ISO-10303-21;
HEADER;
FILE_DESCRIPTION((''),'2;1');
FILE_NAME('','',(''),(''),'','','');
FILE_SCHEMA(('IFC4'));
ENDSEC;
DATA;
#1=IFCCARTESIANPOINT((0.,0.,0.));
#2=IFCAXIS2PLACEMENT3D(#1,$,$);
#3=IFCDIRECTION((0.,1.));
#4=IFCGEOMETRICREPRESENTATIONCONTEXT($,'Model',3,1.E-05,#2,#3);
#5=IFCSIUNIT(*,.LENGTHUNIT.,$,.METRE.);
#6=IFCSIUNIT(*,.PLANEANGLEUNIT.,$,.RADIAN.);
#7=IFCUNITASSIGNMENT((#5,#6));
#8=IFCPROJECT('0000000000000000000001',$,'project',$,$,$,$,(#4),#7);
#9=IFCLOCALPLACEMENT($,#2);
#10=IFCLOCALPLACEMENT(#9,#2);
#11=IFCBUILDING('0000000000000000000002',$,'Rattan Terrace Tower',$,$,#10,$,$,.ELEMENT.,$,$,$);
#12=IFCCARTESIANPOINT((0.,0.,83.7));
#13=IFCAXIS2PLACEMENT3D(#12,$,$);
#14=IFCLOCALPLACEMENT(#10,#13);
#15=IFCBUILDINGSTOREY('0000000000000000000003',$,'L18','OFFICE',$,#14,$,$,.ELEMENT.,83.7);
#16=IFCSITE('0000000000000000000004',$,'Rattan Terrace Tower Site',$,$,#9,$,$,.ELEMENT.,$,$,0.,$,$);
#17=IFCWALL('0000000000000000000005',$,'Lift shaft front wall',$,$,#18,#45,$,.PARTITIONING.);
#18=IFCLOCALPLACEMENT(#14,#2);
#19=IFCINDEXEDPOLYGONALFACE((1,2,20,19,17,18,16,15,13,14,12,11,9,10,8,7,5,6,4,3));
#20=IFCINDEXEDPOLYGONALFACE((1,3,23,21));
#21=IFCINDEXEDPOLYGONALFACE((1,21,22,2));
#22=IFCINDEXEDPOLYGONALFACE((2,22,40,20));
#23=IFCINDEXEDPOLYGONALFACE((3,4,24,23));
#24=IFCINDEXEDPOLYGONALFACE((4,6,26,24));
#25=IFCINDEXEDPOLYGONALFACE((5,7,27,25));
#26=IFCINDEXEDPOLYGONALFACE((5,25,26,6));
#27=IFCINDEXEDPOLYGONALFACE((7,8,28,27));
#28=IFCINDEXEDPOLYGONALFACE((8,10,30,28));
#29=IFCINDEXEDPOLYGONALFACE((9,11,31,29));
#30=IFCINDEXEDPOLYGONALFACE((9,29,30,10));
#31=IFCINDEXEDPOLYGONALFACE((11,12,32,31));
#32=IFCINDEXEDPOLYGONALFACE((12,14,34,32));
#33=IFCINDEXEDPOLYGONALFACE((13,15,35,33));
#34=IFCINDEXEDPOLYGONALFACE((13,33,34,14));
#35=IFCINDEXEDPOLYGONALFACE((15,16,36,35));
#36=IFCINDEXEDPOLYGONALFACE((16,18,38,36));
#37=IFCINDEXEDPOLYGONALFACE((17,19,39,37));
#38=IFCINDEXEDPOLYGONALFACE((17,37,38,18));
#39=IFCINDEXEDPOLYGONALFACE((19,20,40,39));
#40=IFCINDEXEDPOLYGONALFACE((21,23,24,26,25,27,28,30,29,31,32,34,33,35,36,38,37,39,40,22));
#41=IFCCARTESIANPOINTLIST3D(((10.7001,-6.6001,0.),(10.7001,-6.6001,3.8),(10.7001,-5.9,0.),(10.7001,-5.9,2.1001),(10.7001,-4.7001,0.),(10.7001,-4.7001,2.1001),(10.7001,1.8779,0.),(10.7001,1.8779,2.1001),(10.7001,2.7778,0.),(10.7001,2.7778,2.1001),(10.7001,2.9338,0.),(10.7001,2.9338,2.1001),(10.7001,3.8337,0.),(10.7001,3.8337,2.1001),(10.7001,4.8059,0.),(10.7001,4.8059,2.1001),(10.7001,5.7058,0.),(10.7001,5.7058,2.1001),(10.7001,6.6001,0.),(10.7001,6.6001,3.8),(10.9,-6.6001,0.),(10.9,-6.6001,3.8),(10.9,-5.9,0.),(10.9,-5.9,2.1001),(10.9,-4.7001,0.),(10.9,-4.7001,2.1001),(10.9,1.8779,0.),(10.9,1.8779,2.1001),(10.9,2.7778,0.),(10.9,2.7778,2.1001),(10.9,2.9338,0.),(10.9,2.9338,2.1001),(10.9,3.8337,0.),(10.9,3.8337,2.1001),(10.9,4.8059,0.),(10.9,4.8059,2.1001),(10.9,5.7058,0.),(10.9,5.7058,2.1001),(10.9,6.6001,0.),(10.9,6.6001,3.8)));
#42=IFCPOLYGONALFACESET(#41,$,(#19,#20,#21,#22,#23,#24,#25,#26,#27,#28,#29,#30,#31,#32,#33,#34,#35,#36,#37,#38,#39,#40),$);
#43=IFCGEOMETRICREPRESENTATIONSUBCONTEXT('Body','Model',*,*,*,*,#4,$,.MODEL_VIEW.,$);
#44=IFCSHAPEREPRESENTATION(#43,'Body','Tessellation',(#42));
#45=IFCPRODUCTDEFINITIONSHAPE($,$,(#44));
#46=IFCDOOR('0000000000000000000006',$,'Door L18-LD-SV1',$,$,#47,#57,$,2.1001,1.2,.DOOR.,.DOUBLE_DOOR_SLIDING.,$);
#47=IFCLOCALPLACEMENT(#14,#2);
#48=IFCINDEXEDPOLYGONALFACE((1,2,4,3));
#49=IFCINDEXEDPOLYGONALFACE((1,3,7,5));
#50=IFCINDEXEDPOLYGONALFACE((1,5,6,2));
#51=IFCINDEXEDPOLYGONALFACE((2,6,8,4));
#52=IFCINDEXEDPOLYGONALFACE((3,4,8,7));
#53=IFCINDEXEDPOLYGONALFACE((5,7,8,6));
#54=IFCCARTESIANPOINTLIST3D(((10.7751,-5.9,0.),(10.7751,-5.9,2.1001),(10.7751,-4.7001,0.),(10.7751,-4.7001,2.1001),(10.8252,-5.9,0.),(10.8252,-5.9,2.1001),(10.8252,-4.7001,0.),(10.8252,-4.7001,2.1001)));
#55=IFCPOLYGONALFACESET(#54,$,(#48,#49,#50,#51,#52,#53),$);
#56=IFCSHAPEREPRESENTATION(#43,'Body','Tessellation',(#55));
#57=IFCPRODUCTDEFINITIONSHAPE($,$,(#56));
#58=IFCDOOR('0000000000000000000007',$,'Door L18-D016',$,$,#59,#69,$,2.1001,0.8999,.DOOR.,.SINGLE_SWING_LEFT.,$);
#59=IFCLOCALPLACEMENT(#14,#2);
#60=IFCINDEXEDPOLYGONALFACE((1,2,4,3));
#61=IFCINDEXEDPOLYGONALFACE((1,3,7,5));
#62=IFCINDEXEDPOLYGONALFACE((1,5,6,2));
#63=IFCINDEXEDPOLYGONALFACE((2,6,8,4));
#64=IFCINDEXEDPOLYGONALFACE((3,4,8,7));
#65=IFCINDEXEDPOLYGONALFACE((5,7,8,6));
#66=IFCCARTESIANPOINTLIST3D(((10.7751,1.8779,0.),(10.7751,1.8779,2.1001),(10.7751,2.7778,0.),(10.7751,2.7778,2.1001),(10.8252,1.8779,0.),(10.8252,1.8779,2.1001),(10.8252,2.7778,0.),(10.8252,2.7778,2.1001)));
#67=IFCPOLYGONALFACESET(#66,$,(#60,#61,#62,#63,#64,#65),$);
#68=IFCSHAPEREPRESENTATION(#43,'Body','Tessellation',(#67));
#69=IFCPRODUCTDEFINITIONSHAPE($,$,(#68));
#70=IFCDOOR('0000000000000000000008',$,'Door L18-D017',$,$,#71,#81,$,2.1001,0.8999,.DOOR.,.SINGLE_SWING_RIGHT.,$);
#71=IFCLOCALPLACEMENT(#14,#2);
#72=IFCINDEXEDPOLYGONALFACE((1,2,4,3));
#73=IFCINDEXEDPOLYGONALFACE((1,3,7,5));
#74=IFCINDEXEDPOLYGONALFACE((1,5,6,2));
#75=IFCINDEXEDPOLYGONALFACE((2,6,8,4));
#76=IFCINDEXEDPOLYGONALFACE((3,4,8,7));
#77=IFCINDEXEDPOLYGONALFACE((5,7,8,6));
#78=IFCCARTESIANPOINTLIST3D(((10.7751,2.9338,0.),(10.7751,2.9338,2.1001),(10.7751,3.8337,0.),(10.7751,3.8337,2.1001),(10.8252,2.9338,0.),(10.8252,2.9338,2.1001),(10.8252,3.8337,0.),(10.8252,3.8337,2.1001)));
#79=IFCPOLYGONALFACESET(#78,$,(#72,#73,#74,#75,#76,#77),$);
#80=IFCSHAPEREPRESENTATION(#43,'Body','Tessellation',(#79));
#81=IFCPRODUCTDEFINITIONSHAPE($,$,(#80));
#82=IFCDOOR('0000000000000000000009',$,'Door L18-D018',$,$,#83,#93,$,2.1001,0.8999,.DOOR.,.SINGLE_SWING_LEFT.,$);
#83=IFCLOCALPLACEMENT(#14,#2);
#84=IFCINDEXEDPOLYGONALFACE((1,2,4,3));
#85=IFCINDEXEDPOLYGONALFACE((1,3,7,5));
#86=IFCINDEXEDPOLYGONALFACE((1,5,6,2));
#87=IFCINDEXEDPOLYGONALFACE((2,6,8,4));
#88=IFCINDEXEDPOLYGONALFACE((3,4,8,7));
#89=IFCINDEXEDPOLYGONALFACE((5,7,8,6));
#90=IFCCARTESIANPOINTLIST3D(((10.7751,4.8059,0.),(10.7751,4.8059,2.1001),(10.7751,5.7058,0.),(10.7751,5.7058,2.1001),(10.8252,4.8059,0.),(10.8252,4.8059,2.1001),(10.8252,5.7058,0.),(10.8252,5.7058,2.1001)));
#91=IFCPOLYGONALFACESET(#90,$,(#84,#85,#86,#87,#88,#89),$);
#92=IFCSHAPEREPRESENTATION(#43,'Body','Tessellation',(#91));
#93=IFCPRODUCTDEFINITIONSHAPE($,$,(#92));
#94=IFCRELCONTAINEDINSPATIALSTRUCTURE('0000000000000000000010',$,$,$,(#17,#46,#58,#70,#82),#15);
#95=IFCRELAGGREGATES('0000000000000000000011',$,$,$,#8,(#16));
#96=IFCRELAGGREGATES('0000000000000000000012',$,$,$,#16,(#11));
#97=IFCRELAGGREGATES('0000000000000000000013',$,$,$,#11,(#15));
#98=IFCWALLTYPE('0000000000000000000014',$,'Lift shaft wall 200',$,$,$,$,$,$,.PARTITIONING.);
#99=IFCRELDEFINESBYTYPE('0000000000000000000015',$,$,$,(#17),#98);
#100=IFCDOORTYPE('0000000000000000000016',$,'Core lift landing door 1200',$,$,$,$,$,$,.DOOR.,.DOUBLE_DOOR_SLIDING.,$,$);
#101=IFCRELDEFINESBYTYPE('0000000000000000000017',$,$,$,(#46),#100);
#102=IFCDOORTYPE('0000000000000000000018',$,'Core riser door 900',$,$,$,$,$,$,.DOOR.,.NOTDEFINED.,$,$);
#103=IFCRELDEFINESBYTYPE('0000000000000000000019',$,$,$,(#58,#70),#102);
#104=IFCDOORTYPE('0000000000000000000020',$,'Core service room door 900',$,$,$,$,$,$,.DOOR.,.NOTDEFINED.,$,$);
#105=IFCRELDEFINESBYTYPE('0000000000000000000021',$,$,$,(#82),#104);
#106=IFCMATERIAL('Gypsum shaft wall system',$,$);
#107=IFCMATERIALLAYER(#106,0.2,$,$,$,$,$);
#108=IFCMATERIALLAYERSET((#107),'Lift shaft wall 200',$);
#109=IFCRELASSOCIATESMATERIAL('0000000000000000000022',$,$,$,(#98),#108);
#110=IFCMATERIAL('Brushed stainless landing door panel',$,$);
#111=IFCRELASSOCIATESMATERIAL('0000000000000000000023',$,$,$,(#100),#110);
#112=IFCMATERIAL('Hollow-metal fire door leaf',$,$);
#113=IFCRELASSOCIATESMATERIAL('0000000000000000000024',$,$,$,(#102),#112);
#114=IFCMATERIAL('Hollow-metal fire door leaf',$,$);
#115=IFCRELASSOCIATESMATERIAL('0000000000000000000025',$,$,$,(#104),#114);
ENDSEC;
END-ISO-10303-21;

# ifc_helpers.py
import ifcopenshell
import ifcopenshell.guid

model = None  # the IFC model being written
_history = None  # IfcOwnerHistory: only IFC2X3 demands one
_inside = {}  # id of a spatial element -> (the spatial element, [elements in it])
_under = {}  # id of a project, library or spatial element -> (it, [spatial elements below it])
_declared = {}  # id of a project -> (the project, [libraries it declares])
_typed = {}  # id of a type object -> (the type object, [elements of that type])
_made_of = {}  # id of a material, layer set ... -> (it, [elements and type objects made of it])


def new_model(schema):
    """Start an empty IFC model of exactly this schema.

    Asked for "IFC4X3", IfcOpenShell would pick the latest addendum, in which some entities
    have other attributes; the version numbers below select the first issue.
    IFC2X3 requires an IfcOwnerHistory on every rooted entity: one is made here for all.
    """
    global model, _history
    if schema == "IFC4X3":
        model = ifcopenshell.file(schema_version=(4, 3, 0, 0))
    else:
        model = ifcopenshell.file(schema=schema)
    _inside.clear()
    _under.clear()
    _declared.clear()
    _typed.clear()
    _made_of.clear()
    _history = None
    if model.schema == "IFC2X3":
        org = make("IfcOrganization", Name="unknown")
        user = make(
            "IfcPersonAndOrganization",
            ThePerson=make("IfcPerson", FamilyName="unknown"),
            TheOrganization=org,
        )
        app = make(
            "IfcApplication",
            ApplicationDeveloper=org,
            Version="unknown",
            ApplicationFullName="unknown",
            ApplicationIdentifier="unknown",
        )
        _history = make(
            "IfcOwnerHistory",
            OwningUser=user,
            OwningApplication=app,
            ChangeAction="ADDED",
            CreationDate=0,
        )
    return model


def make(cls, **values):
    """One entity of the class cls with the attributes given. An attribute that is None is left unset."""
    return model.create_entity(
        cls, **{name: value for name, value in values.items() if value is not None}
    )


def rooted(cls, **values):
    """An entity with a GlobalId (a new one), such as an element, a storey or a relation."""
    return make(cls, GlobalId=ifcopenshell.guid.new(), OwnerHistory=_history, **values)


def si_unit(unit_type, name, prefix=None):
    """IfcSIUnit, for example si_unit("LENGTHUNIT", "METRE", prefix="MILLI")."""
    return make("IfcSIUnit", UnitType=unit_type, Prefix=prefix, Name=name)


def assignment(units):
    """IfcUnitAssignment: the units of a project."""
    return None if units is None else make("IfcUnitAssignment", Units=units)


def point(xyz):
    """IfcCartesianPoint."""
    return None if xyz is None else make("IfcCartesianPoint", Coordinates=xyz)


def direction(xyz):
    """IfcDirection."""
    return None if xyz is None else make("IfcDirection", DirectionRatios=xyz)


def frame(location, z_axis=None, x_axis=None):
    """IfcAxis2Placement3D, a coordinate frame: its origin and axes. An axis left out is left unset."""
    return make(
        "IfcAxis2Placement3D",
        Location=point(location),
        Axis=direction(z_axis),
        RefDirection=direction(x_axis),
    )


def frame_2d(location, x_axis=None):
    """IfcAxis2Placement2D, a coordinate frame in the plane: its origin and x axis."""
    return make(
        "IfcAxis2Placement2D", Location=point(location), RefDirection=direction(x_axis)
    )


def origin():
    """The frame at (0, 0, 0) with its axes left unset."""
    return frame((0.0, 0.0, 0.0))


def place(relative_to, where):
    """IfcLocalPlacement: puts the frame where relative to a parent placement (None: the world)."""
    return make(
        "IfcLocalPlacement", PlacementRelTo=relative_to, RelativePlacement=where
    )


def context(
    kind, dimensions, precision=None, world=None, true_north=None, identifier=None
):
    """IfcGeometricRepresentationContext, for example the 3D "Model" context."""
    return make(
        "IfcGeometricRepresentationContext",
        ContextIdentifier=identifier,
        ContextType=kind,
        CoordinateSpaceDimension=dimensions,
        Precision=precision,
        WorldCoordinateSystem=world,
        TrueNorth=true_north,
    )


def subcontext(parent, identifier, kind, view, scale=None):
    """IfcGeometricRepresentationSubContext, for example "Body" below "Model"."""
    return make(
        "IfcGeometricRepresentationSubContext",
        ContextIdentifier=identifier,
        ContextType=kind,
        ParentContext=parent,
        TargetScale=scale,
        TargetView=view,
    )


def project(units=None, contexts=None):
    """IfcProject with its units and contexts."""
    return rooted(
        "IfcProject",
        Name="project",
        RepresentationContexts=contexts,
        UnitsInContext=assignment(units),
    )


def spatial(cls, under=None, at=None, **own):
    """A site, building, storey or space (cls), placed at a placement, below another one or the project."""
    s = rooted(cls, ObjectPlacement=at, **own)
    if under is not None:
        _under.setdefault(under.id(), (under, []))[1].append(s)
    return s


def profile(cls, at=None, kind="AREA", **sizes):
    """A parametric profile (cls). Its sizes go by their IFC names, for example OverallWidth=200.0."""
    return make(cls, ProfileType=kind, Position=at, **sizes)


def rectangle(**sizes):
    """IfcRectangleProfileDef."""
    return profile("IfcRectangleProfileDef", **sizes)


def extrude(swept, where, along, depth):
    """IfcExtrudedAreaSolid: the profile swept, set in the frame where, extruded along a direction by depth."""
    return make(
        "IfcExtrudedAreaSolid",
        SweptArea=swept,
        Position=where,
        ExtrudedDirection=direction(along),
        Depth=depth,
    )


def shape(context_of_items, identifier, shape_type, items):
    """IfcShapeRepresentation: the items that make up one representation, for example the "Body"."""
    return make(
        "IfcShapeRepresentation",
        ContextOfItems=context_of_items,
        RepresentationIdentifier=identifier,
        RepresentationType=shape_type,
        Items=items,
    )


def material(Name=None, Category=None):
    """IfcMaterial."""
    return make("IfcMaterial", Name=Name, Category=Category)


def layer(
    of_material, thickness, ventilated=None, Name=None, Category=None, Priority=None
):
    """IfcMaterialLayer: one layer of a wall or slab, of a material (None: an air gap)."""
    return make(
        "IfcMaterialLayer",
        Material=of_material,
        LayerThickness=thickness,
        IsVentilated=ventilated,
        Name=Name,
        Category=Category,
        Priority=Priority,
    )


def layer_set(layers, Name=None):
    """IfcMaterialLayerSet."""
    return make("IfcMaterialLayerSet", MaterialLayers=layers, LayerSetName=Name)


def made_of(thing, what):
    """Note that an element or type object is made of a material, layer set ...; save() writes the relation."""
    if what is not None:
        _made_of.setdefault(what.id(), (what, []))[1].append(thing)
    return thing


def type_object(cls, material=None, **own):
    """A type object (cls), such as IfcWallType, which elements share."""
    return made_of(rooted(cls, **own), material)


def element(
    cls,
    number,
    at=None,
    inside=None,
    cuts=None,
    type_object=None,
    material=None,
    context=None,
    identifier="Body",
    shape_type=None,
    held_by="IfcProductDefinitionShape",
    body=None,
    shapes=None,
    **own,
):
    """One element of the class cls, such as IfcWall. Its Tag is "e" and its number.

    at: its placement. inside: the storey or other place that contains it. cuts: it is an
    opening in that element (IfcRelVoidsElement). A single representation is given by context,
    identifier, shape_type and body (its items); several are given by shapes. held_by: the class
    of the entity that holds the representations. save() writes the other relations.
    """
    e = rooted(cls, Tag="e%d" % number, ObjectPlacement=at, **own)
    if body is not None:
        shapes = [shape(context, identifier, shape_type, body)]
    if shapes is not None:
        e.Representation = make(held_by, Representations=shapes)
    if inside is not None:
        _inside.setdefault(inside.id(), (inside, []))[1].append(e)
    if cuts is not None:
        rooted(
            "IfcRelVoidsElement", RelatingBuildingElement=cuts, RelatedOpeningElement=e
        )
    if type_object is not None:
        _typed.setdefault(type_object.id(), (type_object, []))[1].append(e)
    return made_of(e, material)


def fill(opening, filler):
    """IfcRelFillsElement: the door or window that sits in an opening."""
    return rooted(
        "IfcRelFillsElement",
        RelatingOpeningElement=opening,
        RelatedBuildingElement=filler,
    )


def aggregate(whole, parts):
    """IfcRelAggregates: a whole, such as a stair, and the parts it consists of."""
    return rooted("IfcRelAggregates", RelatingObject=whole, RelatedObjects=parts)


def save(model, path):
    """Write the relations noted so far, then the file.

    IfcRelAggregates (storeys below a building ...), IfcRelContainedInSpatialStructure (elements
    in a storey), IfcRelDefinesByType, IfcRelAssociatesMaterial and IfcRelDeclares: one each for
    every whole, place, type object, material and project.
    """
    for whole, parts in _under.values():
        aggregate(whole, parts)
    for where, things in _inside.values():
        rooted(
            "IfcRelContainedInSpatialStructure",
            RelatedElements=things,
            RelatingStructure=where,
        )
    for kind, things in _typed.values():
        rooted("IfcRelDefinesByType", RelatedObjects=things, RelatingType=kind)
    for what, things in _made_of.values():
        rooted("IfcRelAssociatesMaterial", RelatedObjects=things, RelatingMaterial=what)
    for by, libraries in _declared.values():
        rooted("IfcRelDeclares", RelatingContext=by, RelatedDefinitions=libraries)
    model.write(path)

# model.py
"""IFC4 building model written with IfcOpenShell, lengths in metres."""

from ifc_helpers import new_model, si_unit, direction, frame, frame_2d, origin, place, context, subcontext, project, spatial, rectangle, extrude, material, layer, layer_set, type_object, element, fill, save


model = new_model("IFC4")

# Units and contexts
model_context = context("Model", 3, precision=1e-05, world=origin(), true_north=direction((0.0, 1.0)))
body_context = subcontext(model_context, "Body", "Model", "MODEL_VIEW")
ifc_project = project(units=[si_unit("LENGTHUNIT", "METRE"), si_unit("PLANEANGLEUNIT", "RADIAN")], contexts=[model_context])

# Site, building, storey
site_placement = place(None, origin())
site = spatial("IfcSite", under=ifc_project, at=site_placement, Name="Rattan Terrace Tower Site", CompositionType="ELEMENT", RefElevation=0.0)
building_placement = place(site_placement, origin())
building = spatial("IfcBuilding", under=site, at=building_placement, Name="Rattan Terrace Tower", CompositionType="ELEMENT")
storey_placement = place(building_placement, frame((0.0, 0.0, 83.7)))
storey = spatial("IfcBuildingStorey", under=building, at=storey_placement, Name="L18", Description="OFFICE", CompositionType="ELEMENT", Elevation=83.7)

# Wall, openings, doors
ifc_material_1 = material(Name="Gypsum shaft wall system")
ifc_layer_1 = layer(ifc_material_1, 0.2)
ifc_layer_set_1 = layer_set([ifc_layer_1], Name="Lift shaft wall 200")
wall_type_1 = type_object("IfcWallType", Name="Lift shaft wall 200", PredefinedType="PARTITIONING", material=ifc_layer_set_1)
wall_1_placement = place(storey_placement, frame((10.8, -6.6001, 0.0), z_axis=(0.0, 0.0, 1.0), x_axis=(0.0, 1.0, 0.0)))
wall_1 = element("IfcWall", 1, at=wall_1_placement, inside=storey, type_object=wall_type_1, Name="Lift shaft front wall", PredefinedType="PARTITIONING", context=body_context, shape_type="SweptSolid", body=[
    extrude(rectangle(XDim=13.2002, YDim=0.2, at=frame_2d((6.6001, 0.0))), origin(), (0.0, 0.0, 1.0), 3.8),
])
opening_1_placement = place(wall_1_placement, frame((0.7, 0.0, 0.0)))
opening_1 = element("IfcOpeningElement", 2, at=opening_1_placement, cuts=wall_1, PredefinedType="OPENING", context=body_context, shape_type="SweptSolid", body=[
    extrude(rectangle(XDim=1.2, YDim=2.1001, at=frame_2d((0.6001, 1.05))), frame((0.0, 0.1106, 0.0), z_axis=(0.0, -1.0, 0.0), x_axis=(1.0, 0.0, 0.0)), (0.0, 0.0, 1.0), 0.2209),
])
opening_2_placement = place(wall_1_placement, frame((8.478, 0.0, 0.0)))
opening_2 = element("IfcOpeningElement", 3, at=opening_2_placement, cuts=wall_1, PredefinedType="OPENING", context=body_context, shape_type="SweptSolid", body=[
    extrude(rectangle(XDim=0.8999, YDim=2.1001, at=frame_2d((0.45, 1.05))), frame((0.0, 0.1106, 0.0), z_axis=(0.0, -1.0, 0.0), x_axis=(1.0, 0.0, 0.0)), (0.0, 0.0, 1.0), 0.2209),
])
opening_3_placement = place(wall_1_placement, frame((9.5339, 0.0, 0.0)))
opening_3 = element("IfcOpeningElement", 4, at=opening_3_placement, cuts=wall_1, PredefinedType="OPENING", context=body_context, shape_type="SweptSolid", body=[
    extrude(rectangle(XDim=0.8999, YDim=2.1001, at=frame_2d((0.45, 1.05))), frame((0.0, 0.1106, 0.0), z_axis=(0.0, -1.0, 0.0), x_axis=(1.0, 0.0, 0.0)), (0.0, 0.0, 1.0), 0.2209),
])
opening_4_placement = place(wall_1_placement, frame((11.406, 0.0, 0.0)))
opening_4 = element("IfcOpeningElement", 5, at=opening_4_placement, cuts=wall_1, PredefinedType="OPENING", context=body_context, shape_type="SweptSolid", body=[
    extrude(rectangle(XDim=0.8999, YDim=2.1001, at=frame_2d((0.45, 1.05))), frame((0.0, 0.1106, 0.0), z_axis=(0.0, -1.0, 0.0), x_axis=(1.0, 0.0, 0.0)), (0.0, 0.0, 1.0), 0.2209),
])
ifc_material_2 = material(Name="Brushed stainless landing door panel")
door_type_1 = type_object("IfcDoorType", Name="Core lift landing door 1200", OperationType="DOUBLE_DOOR_SLIDING", PredefinedType="DOOR", material=ifc_material_2)
door_1_placement = place(opening_1_placement, origin())
door_1 = element("IfcDoor", 6, at=door_1_placement, inside=storey, type_object=door_type_1, Name="Door L18-LD-SV1", OperationType="DOUBLE_DOOR_SLIDING", OverallHeight=2.1001, OverallWidth=1.2, PredefinedType="DOOR", context=body_context, shape_type="SweptSolid", body=[
    extrude(rectangle(XDim=1.2, YDim=2.1001, at=frame_2d((0.6001, 1.05))), frame((0.0, 0.0249, 0.0), z_axis=(0.0, -1.0, 0.0), x_axis=(1.0, 0.0, 0.0)), (0.0, 0.0, 1.0), 0.05),
])
fill(opening_1, door_1)
ifc_material_3 = material(Name="Hollow-metal fire door leaf")
door_type_2 = type_object("IfcDoorType", Name="Core riser door 900", OperationType="NOTDEFINED", PredefinedType="DOOR", material=ifc_material_3)
door_2_placement = place(opening_2_placement, origin())
door_2 = element("IfcDoor", 7, at=door_2_placement, inside=storey, type_object=door_type_2, Name="Door L18-D016", OperationType="SINGLE_SWING_LEFT", OverallHeight=2.1001, OverallWidth=0.8999, PredefinedType="DOOR", context=body_context, shape_type="SweptSolid", body=[
    extrude(rectangle(XDim=0.8999, YDim=2.1001, at=frame_2d((0.45, 1.05))), frame((0.0, 0.0249, 0.0), z_axis=(0.0, -1.0, 0.0), x_axis=(1.0, 0.0, 0.0)), (0.0, 0.0, 1.0), 0.05),
])
fill(opening_2, door_2)
door_3_placement = place(opening_3_placement, origin())
door_3 = element("IfcDoor", 8, at=door_3_placement, inside=storey, type_object=door_type_2, Name="Door L18-D017", OperationType="SINGLE_SWING_RIGHT", OverallHeight=2.1001, OverallWidth=0.8999, PredefinedType="DOOR", context=body_context, shape_type="SweptSolid", body=[
    extrude(rectangle(XDim=0.8999, YDim=2.1001, at=frame_2d((0.45, 1.05))), frame((0.0, 0.0249, 0.0), z_axis=(0.0, -1.0, 0.0), x_axis=(1.0, 0.0, 0.0)), (0.0, 0.0, 1.0), 0.05),
])
fill(opening_3, door_3)
ifc_material_4 = material(Name="Hollow-metal fire door leaf")
door_type_3 = type_object("IfcDoorType", Name="Core service room door 900", OperationType="NOTDEFINED", PredefinedType="DOOR", material=ifc_material_4)
door_4_placement = place(opening_4_placement, origin())
door_4 = element("IfcDoor", 9, at=door_4_placement, inside=storey, type_object=door_type_3, Name="Door L18-D018", OperationType="SINGLE_SWING_LEFT", OverallHeight=2.1001, OverallWidth=0.8999, PredefinedType="DOOR", context=body_context, shape_type="SweptSolid", body=[
    extrude(rectangle(XDim=0.8999, YDim=2.1001, at=frame_2d((0.45, 1.05))), frame((0.0, 0.0249, 0.0), z_axis=(0.0, -1.0, 0.0), x_axis=(1.0, 0.0, 0.0)), (0.0, 0.0, 1.0), 0.05),
])
fill(opening_4, door_4)

save(model, "model.ifc")
